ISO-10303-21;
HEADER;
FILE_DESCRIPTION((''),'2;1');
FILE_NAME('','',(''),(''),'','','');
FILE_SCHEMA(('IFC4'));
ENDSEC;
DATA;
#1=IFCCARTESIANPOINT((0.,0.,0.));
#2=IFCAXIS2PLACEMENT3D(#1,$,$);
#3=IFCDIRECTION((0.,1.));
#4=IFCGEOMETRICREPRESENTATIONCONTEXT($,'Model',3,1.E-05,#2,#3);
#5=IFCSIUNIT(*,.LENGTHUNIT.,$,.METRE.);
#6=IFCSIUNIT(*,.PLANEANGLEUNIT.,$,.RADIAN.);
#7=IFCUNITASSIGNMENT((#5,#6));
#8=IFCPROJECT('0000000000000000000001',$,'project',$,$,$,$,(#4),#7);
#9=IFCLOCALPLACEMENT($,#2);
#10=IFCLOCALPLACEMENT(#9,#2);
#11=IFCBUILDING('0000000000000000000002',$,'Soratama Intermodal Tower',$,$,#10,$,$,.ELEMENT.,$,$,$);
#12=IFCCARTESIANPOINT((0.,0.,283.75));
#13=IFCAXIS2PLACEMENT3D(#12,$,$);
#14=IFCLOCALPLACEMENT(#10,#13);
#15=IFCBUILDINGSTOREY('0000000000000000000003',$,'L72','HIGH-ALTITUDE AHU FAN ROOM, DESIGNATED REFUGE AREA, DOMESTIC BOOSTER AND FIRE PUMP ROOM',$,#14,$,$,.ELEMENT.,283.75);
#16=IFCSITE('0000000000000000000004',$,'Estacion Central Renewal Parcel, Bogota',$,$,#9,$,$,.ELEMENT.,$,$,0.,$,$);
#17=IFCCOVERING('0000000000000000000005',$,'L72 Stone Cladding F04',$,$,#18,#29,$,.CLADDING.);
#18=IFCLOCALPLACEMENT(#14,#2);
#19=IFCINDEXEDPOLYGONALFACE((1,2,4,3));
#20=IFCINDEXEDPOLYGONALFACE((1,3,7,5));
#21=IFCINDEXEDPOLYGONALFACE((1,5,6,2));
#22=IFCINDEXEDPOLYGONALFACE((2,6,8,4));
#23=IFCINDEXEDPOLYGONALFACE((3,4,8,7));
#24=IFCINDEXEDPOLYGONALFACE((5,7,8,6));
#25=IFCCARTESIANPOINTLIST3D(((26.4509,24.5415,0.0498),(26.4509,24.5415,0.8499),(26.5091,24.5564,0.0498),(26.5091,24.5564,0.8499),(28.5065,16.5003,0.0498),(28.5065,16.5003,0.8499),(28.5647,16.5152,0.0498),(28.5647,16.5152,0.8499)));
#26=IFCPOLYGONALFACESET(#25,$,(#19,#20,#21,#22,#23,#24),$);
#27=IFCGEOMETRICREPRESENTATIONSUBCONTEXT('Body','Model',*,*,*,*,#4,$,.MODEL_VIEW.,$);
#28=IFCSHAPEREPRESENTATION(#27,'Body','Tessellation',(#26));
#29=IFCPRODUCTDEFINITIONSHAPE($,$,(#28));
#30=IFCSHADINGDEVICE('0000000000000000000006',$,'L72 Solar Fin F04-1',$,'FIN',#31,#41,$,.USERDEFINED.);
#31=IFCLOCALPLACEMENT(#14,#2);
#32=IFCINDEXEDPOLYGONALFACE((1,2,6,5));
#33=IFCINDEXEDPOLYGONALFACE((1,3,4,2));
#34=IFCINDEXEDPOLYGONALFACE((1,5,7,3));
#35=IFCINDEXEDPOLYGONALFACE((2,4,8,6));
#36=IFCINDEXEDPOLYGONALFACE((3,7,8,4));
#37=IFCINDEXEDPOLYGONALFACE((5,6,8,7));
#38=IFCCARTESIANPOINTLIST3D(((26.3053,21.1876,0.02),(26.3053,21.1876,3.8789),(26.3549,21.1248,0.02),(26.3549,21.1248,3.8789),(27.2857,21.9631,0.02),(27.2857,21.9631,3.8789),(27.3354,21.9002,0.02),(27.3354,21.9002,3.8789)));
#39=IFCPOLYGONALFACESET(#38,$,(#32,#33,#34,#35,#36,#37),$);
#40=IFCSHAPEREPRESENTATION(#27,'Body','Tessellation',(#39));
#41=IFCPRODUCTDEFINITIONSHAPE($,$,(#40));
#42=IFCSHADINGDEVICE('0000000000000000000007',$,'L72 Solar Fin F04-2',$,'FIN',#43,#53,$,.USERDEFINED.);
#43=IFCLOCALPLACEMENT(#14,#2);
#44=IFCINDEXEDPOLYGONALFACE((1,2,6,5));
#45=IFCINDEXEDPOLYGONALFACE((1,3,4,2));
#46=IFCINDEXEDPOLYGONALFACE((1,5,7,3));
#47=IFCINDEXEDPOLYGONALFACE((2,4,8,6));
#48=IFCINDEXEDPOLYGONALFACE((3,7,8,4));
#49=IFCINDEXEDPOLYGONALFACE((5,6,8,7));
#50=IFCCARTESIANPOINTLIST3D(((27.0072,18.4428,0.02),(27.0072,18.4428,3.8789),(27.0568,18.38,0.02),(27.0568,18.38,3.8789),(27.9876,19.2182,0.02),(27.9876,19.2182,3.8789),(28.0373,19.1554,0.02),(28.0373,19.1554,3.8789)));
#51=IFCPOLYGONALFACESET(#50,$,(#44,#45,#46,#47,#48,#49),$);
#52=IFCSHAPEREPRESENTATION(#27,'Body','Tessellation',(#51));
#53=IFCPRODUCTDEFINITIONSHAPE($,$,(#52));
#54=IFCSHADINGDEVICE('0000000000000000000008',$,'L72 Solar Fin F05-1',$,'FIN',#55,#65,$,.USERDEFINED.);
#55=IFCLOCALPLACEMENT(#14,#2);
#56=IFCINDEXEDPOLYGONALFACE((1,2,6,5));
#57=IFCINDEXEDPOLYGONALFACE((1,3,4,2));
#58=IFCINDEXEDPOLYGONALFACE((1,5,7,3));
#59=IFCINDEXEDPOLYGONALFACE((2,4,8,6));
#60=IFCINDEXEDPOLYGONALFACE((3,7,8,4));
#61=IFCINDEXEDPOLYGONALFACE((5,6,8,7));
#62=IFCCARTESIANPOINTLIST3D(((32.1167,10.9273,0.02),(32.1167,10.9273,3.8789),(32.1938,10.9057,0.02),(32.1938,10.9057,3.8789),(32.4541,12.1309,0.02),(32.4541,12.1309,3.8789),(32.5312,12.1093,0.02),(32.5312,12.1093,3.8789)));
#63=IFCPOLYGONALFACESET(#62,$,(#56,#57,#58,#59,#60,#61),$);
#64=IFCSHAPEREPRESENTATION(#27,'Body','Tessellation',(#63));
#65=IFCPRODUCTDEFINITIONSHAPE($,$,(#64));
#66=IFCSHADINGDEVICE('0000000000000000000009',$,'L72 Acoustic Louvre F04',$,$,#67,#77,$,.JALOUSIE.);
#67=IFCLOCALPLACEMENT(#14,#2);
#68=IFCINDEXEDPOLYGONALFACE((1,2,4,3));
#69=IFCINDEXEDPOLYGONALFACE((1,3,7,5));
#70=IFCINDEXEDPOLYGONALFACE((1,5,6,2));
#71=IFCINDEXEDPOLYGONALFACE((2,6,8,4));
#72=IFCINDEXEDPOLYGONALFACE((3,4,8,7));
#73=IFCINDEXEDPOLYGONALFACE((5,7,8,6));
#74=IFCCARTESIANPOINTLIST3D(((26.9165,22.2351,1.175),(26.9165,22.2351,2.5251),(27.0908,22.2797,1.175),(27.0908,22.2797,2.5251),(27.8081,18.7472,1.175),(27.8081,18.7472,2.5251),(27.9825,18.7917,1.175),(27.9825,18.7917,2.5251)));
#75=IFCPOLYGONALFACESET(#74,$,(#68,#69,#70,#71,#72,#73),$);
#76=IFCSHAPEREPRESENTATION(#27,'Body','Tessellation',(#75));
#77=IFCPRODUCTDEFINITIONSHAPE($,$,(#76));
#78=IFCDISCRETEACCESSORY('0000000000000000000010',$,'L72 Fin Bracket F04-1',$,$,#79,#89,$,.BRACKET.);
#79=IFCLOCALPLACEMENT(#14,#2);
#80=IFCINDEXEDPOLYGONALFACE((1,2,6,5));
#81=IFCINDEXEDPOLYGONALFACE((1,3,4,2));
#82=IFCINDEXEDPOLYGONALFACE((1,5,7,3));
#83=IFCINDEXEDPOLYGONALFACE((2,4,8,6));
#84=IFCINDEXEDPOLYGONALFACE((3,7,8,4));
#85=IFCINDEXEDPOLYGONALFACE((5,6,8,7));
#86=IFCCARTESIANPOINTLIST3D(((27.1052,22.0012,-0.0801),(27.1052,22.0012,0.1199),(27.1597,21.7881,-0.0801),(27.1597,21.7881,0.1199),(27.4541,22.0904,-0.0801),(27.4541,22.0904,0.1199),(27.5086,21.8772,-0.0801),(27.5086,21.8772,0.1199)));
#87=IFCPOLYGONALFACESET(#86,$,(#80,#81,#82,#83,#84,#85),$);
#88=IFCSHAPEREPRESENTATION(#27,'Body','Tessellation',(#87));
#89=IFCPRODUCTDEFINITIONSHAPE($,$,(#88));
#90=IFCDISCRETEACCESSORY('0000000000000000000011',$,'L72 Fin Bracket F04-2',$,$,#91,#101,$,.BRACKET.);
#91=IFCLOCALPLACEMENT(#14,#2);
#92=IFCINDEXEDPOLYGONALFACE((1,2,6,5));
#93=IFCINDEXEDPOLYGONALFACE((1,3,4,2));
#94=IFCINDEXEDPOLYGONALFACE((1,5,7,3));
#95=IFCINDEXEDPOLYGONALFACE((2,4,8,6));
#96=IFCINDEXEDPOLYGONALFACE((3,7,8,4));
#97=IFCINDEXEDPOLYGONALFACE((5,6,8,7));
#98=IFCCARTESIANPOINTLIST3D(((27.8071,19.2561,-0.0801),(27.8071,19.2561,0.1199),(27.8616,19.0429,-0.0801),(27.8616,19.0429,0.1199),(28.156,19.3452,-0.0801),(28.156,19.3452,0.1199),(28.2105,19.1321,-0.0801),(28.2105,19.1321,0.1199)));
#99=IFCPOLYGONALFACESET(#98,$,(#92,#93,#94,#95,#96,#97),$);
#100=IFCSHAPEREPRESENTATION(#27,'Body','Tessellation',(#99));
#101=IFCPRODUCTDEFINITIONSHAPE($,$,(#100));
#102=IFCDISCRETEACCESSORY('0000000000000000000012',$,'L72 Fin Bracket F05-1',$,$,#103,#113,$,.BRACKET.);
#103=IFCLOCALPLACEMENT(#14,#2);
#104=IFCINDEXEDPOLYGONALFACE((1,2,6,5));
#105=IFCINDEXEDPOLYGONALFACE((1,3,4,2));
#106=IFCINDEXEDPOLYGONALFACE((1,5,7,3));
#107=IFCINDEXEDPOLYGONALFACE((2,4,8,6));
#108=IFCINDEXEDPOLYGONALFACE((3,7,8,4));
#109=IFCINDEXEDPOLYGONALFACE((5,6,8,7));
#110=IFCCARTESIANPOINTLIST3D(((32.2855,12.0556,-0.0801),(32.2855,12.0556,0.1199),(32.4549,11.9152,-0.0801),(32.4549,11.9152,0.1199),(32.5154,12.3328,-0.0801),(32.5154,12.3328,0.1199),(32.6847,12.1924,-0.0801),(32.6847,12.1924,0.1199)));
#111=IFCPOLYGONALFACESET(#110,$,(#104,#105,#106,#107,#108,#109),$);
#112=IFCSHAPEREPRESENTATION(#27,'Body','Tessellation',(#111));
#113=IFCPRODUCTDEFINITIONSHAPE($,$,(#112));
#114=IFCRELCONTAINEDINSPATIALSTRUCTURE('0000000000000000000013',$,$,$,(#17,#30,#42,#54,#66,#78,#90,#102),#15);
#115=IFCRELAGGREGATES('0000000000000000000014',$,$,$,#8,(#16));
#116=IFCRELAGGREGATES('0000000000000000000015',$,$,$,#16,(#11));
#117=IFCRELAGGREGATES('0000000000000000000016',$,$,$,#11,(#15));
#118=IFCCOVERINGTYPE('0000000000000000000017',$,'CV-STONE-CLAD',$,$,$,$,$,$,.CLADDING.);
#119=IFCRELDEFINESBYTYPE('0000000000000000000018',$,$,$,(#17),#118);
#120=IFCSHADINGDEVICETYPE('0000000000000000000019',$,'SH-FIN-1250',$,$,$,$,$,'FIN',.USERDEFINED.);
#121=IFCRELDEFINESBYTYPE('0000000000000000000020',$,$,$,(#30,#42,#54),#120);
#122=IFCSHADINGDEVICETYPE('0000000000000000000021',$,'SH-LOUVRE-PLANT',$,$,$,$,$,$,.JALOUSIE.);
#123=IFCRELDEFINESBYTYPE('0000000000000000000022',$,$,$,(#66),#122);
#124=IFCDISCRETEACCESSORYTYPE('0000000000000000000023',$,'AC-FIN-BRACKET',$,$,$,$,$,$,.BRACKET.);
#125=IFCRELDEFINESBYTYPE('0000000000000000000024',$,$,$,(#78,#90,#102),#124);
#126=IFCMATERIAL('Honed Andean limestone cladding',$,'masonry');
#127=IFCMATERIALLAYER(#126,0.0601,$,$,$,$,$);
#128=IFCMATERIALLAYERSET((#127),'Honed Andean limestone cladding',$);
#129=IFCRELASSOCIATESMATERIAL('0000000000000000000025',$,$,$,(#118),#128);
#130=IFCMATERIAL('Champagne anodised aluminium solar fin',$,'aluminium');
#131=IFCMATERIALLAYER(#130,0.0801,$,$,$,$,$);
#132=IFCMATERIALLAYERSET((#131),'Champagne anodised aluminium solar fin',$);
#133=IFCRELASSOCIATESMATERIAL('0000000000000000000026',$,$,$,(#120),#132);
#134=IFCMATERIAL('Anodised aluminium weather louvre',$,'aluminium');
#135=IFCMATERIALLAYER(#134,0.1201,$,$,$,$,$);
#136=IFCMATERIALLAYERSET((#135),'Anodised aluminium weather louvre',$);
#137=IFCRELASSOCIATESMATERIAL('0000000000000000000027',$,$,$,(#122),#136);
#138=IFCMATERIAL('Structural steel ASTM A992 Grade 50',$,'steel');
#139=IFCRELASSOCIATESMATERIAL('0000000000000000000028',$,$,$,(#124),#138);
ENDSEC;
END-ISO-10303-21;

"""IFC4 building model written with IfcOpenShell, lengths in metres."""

from ifc_helpers import new_model, si_unit, direction, frame, origin, origin_2d, place, context, subcontext, project, spatial, rectangle, extrude, material, layer, layer_set, type_object, element, save


model = new_model("IFC4")

# Units and contexts
model_context = context("Model", 3, precision=1e-05, world=origin(), true_north=direction((0.0, 1.0)))
body_context = subcontext(model_context, "Body", "Model", "MODEL_VIEW")
ifc_project = project(units=[si_unit("LENGTHUNIT", "METRE"), si_unit("PLANEANGLEUNIT", "RADIAN")], contexts=[model_context])

# Site, building, storey
site_placement = place(None, origin())
site = spatial("IfcSite", under=ifc_project, at=site_placement, Name="Estacion Central Renewal Parcel, Bogota", CompositionType="ELEMENT", RefElevation=0.0)
building_placement = place(site_placement, origin())
building = spatial("IfcBuilding", under=site, at=building_placement, Name="Soratama Intermodal Tower", CompositionType="ELEMENT")
storey_placement = place(building_placement, frame((0.0, 0.0, 283.75)))
storey = spatial("IfcBuildingStorey", under=building, at=storey_placement, Name="L72", Description="HIGH-ALTITUDE AHU FAN ROOM, DESIGNATED REFUGE AREA, DOMESTIC BOOSTER AND FIRE PUMP ROOM", CompositionType="ELEMENT", Elevation=283.75)

# Covering
ifc_material_1 = material(Name="Honed Andean limestone cladding", Category="masonry")
ifc_layer_1 = layer(ifc_material_1, 0.0601)
ifc_layer_set_1 = layer_set([ifc_layer_1], Name="Honed Andean limestone cladding")
covering_type = type_object("IfcCoveringType", Name="CV-STONE-CLAD", PredefinedType="CLADDING", material=ifc_layer_set_1)
covering_placement = place(storey_placement, frame((27.5078, 20.5283, 0.0498), z_axis=(0.0, 0.0, 1.0), x_axis=(0.247675, -0.968843, 0.0)))
element("IfcCovering", 1, at=covering_placement, inside=storey, type_object=covering_type, Name="L72 Stone Cladding F04", PredefinedType="CLADDING", context=body_context, shape_type="SweptSolid", body=[
    extrude(rectangle(XDim=8.2998, YDim=0.0601, at=origin_2d()), origin(), (0.0, 0.0, 1.0), 0.8),
])

# Shading devices
ifc_material_2 = material(Name="Champagne anodised aluminium solar fin", Category="aluminium")
ifc_layer_2 = layer(ifc_material_2, 0.0801)
ifc_layer_set_2 = layer_set([ifc_layer_2], Name="Champagne anodised aluminium solar fin")
shading_device_type_1 = type_object("IfcShadingDeviceType", Name="SH-FIN-1250", ElementType="FIN", PredefinedType="USERDEFINED", material=ifc_layer_set_2)
for number, where, z_axis, x_axis, name in (
    (2, (26.8203, 21.5439, 0.02), (0.0, 0.0, 1.0), (-0.784343, -0.620327, 0.0), "L72 Solar Fin F04-1"),
    (3, (27.5222, 18.7991, 0.02), (0.0, 0.0, 1.0), (-0.784343, -0.620327, 0.0), "L72 Solar Fin F04-2"),
    (4, (32.324, 11.5183, 0.02), (0.0, 0.0, 1.0), (-0.269928, -0.96288, 0.0), "L72 Solar Fin F05-1"),
):
    element("IfcShadingDevice", number, at=place(storey_placement, frame(where, z_axis=z_axis, x_axis=x_axis)), inside=storey, type_object=shading_device_type_1, Name=name, ObjectType="FIN", PredefinedType="USERDEFINED", context=body_context, shape_type="SweptSolid", body=[
        extrude(rectangle(XDim=1.25, YDim=0.0801, at=origin_2d()), origin(), (0.0, 0.0, 1.0), 3.8589),
    ])
ifc_material_3 = material(Name="Anodised aluminium weather louvre", Category="aluminium")
ifc_layer_3 = layer(ifc_material_3, 0.1201)
ifc_layer_set_3 = layer_set([ifc_layer_3], Name="Anodised aluminium weather louvre")
shading_device_type_2 = type_object("IfcShadingDeviceType", Name="SH-LOUVRE-PLANT", PredefinedType="JALOUSIE", material=ifc_layer_set_3)
shading_device_placement = place(storey_placement, frame((27.4495, 20.5134, 1.175), z_axis=(0.0, 0.0, 1.0), x_axis=(0.247675, -0.968843, 0.0)))
element("IfcShadingDevice", 5, at=shading_device_placement, inside=storey, type_object=shading_device_type_2, Name="L72 Acoustic Louvre F04", PredefinedType="JALOUSIE", context=body_context, shape_type="SweptSolid", body=[
    extrude(rectangle(XDim=3.6001, YDim=0.1799, at=origin_2d()), origin(), (0.0, 0.0, 1.0), 1.3501),
])

# Discrete accessories
ifc_material_4 = material(Name="Structural steel ASTM A992 Grade 50", Category="steel")
discrete_accessory_type = type_object("IfcDiscreteAccessoryType", Name="AC-FIN-BRACKET", PredefinedType="BRACKET", material=ifc_material_4)
for number, where, z_axis, x_axis, name in (
    (6, (27.3069, 21.9392, -0.0801), (0.0, 0.0, 1.0), (-0.968843, -0.247675, 0.0), "L72 Fin Bracket F04-1"),
    (7, (28.0088, 19.1941, -0.0801), (0.0, 0.0, 1.0), (-0.968843, -0.247675, 0.0), "L72 Fin Bracket F04-2"),
    (8, (32.4851, 12.124, -0.0801), (0.0, 0.0, 1.0), (-0.638231, -0.769845, 0.0), "L72 Fin Bracket F05-1"),
):
    element("IfcDiscreteAccessory", number, at=place(storey_placement, frame(where, z_axis=z_axis, x_axis=x_axis)), inside=storey, type_object=discrete_accessory_type, Name=name, PredefinedType="BRACKET", context=body_context, shape_type="SweptSolid", body=[
        extrude(rectangle(XDim=0.3601, YDim=0.22, at=origin_2d()), origin(), (0.0, 0.0, 1.0), 0.2),
    ])

save(model, "model.ifc")
